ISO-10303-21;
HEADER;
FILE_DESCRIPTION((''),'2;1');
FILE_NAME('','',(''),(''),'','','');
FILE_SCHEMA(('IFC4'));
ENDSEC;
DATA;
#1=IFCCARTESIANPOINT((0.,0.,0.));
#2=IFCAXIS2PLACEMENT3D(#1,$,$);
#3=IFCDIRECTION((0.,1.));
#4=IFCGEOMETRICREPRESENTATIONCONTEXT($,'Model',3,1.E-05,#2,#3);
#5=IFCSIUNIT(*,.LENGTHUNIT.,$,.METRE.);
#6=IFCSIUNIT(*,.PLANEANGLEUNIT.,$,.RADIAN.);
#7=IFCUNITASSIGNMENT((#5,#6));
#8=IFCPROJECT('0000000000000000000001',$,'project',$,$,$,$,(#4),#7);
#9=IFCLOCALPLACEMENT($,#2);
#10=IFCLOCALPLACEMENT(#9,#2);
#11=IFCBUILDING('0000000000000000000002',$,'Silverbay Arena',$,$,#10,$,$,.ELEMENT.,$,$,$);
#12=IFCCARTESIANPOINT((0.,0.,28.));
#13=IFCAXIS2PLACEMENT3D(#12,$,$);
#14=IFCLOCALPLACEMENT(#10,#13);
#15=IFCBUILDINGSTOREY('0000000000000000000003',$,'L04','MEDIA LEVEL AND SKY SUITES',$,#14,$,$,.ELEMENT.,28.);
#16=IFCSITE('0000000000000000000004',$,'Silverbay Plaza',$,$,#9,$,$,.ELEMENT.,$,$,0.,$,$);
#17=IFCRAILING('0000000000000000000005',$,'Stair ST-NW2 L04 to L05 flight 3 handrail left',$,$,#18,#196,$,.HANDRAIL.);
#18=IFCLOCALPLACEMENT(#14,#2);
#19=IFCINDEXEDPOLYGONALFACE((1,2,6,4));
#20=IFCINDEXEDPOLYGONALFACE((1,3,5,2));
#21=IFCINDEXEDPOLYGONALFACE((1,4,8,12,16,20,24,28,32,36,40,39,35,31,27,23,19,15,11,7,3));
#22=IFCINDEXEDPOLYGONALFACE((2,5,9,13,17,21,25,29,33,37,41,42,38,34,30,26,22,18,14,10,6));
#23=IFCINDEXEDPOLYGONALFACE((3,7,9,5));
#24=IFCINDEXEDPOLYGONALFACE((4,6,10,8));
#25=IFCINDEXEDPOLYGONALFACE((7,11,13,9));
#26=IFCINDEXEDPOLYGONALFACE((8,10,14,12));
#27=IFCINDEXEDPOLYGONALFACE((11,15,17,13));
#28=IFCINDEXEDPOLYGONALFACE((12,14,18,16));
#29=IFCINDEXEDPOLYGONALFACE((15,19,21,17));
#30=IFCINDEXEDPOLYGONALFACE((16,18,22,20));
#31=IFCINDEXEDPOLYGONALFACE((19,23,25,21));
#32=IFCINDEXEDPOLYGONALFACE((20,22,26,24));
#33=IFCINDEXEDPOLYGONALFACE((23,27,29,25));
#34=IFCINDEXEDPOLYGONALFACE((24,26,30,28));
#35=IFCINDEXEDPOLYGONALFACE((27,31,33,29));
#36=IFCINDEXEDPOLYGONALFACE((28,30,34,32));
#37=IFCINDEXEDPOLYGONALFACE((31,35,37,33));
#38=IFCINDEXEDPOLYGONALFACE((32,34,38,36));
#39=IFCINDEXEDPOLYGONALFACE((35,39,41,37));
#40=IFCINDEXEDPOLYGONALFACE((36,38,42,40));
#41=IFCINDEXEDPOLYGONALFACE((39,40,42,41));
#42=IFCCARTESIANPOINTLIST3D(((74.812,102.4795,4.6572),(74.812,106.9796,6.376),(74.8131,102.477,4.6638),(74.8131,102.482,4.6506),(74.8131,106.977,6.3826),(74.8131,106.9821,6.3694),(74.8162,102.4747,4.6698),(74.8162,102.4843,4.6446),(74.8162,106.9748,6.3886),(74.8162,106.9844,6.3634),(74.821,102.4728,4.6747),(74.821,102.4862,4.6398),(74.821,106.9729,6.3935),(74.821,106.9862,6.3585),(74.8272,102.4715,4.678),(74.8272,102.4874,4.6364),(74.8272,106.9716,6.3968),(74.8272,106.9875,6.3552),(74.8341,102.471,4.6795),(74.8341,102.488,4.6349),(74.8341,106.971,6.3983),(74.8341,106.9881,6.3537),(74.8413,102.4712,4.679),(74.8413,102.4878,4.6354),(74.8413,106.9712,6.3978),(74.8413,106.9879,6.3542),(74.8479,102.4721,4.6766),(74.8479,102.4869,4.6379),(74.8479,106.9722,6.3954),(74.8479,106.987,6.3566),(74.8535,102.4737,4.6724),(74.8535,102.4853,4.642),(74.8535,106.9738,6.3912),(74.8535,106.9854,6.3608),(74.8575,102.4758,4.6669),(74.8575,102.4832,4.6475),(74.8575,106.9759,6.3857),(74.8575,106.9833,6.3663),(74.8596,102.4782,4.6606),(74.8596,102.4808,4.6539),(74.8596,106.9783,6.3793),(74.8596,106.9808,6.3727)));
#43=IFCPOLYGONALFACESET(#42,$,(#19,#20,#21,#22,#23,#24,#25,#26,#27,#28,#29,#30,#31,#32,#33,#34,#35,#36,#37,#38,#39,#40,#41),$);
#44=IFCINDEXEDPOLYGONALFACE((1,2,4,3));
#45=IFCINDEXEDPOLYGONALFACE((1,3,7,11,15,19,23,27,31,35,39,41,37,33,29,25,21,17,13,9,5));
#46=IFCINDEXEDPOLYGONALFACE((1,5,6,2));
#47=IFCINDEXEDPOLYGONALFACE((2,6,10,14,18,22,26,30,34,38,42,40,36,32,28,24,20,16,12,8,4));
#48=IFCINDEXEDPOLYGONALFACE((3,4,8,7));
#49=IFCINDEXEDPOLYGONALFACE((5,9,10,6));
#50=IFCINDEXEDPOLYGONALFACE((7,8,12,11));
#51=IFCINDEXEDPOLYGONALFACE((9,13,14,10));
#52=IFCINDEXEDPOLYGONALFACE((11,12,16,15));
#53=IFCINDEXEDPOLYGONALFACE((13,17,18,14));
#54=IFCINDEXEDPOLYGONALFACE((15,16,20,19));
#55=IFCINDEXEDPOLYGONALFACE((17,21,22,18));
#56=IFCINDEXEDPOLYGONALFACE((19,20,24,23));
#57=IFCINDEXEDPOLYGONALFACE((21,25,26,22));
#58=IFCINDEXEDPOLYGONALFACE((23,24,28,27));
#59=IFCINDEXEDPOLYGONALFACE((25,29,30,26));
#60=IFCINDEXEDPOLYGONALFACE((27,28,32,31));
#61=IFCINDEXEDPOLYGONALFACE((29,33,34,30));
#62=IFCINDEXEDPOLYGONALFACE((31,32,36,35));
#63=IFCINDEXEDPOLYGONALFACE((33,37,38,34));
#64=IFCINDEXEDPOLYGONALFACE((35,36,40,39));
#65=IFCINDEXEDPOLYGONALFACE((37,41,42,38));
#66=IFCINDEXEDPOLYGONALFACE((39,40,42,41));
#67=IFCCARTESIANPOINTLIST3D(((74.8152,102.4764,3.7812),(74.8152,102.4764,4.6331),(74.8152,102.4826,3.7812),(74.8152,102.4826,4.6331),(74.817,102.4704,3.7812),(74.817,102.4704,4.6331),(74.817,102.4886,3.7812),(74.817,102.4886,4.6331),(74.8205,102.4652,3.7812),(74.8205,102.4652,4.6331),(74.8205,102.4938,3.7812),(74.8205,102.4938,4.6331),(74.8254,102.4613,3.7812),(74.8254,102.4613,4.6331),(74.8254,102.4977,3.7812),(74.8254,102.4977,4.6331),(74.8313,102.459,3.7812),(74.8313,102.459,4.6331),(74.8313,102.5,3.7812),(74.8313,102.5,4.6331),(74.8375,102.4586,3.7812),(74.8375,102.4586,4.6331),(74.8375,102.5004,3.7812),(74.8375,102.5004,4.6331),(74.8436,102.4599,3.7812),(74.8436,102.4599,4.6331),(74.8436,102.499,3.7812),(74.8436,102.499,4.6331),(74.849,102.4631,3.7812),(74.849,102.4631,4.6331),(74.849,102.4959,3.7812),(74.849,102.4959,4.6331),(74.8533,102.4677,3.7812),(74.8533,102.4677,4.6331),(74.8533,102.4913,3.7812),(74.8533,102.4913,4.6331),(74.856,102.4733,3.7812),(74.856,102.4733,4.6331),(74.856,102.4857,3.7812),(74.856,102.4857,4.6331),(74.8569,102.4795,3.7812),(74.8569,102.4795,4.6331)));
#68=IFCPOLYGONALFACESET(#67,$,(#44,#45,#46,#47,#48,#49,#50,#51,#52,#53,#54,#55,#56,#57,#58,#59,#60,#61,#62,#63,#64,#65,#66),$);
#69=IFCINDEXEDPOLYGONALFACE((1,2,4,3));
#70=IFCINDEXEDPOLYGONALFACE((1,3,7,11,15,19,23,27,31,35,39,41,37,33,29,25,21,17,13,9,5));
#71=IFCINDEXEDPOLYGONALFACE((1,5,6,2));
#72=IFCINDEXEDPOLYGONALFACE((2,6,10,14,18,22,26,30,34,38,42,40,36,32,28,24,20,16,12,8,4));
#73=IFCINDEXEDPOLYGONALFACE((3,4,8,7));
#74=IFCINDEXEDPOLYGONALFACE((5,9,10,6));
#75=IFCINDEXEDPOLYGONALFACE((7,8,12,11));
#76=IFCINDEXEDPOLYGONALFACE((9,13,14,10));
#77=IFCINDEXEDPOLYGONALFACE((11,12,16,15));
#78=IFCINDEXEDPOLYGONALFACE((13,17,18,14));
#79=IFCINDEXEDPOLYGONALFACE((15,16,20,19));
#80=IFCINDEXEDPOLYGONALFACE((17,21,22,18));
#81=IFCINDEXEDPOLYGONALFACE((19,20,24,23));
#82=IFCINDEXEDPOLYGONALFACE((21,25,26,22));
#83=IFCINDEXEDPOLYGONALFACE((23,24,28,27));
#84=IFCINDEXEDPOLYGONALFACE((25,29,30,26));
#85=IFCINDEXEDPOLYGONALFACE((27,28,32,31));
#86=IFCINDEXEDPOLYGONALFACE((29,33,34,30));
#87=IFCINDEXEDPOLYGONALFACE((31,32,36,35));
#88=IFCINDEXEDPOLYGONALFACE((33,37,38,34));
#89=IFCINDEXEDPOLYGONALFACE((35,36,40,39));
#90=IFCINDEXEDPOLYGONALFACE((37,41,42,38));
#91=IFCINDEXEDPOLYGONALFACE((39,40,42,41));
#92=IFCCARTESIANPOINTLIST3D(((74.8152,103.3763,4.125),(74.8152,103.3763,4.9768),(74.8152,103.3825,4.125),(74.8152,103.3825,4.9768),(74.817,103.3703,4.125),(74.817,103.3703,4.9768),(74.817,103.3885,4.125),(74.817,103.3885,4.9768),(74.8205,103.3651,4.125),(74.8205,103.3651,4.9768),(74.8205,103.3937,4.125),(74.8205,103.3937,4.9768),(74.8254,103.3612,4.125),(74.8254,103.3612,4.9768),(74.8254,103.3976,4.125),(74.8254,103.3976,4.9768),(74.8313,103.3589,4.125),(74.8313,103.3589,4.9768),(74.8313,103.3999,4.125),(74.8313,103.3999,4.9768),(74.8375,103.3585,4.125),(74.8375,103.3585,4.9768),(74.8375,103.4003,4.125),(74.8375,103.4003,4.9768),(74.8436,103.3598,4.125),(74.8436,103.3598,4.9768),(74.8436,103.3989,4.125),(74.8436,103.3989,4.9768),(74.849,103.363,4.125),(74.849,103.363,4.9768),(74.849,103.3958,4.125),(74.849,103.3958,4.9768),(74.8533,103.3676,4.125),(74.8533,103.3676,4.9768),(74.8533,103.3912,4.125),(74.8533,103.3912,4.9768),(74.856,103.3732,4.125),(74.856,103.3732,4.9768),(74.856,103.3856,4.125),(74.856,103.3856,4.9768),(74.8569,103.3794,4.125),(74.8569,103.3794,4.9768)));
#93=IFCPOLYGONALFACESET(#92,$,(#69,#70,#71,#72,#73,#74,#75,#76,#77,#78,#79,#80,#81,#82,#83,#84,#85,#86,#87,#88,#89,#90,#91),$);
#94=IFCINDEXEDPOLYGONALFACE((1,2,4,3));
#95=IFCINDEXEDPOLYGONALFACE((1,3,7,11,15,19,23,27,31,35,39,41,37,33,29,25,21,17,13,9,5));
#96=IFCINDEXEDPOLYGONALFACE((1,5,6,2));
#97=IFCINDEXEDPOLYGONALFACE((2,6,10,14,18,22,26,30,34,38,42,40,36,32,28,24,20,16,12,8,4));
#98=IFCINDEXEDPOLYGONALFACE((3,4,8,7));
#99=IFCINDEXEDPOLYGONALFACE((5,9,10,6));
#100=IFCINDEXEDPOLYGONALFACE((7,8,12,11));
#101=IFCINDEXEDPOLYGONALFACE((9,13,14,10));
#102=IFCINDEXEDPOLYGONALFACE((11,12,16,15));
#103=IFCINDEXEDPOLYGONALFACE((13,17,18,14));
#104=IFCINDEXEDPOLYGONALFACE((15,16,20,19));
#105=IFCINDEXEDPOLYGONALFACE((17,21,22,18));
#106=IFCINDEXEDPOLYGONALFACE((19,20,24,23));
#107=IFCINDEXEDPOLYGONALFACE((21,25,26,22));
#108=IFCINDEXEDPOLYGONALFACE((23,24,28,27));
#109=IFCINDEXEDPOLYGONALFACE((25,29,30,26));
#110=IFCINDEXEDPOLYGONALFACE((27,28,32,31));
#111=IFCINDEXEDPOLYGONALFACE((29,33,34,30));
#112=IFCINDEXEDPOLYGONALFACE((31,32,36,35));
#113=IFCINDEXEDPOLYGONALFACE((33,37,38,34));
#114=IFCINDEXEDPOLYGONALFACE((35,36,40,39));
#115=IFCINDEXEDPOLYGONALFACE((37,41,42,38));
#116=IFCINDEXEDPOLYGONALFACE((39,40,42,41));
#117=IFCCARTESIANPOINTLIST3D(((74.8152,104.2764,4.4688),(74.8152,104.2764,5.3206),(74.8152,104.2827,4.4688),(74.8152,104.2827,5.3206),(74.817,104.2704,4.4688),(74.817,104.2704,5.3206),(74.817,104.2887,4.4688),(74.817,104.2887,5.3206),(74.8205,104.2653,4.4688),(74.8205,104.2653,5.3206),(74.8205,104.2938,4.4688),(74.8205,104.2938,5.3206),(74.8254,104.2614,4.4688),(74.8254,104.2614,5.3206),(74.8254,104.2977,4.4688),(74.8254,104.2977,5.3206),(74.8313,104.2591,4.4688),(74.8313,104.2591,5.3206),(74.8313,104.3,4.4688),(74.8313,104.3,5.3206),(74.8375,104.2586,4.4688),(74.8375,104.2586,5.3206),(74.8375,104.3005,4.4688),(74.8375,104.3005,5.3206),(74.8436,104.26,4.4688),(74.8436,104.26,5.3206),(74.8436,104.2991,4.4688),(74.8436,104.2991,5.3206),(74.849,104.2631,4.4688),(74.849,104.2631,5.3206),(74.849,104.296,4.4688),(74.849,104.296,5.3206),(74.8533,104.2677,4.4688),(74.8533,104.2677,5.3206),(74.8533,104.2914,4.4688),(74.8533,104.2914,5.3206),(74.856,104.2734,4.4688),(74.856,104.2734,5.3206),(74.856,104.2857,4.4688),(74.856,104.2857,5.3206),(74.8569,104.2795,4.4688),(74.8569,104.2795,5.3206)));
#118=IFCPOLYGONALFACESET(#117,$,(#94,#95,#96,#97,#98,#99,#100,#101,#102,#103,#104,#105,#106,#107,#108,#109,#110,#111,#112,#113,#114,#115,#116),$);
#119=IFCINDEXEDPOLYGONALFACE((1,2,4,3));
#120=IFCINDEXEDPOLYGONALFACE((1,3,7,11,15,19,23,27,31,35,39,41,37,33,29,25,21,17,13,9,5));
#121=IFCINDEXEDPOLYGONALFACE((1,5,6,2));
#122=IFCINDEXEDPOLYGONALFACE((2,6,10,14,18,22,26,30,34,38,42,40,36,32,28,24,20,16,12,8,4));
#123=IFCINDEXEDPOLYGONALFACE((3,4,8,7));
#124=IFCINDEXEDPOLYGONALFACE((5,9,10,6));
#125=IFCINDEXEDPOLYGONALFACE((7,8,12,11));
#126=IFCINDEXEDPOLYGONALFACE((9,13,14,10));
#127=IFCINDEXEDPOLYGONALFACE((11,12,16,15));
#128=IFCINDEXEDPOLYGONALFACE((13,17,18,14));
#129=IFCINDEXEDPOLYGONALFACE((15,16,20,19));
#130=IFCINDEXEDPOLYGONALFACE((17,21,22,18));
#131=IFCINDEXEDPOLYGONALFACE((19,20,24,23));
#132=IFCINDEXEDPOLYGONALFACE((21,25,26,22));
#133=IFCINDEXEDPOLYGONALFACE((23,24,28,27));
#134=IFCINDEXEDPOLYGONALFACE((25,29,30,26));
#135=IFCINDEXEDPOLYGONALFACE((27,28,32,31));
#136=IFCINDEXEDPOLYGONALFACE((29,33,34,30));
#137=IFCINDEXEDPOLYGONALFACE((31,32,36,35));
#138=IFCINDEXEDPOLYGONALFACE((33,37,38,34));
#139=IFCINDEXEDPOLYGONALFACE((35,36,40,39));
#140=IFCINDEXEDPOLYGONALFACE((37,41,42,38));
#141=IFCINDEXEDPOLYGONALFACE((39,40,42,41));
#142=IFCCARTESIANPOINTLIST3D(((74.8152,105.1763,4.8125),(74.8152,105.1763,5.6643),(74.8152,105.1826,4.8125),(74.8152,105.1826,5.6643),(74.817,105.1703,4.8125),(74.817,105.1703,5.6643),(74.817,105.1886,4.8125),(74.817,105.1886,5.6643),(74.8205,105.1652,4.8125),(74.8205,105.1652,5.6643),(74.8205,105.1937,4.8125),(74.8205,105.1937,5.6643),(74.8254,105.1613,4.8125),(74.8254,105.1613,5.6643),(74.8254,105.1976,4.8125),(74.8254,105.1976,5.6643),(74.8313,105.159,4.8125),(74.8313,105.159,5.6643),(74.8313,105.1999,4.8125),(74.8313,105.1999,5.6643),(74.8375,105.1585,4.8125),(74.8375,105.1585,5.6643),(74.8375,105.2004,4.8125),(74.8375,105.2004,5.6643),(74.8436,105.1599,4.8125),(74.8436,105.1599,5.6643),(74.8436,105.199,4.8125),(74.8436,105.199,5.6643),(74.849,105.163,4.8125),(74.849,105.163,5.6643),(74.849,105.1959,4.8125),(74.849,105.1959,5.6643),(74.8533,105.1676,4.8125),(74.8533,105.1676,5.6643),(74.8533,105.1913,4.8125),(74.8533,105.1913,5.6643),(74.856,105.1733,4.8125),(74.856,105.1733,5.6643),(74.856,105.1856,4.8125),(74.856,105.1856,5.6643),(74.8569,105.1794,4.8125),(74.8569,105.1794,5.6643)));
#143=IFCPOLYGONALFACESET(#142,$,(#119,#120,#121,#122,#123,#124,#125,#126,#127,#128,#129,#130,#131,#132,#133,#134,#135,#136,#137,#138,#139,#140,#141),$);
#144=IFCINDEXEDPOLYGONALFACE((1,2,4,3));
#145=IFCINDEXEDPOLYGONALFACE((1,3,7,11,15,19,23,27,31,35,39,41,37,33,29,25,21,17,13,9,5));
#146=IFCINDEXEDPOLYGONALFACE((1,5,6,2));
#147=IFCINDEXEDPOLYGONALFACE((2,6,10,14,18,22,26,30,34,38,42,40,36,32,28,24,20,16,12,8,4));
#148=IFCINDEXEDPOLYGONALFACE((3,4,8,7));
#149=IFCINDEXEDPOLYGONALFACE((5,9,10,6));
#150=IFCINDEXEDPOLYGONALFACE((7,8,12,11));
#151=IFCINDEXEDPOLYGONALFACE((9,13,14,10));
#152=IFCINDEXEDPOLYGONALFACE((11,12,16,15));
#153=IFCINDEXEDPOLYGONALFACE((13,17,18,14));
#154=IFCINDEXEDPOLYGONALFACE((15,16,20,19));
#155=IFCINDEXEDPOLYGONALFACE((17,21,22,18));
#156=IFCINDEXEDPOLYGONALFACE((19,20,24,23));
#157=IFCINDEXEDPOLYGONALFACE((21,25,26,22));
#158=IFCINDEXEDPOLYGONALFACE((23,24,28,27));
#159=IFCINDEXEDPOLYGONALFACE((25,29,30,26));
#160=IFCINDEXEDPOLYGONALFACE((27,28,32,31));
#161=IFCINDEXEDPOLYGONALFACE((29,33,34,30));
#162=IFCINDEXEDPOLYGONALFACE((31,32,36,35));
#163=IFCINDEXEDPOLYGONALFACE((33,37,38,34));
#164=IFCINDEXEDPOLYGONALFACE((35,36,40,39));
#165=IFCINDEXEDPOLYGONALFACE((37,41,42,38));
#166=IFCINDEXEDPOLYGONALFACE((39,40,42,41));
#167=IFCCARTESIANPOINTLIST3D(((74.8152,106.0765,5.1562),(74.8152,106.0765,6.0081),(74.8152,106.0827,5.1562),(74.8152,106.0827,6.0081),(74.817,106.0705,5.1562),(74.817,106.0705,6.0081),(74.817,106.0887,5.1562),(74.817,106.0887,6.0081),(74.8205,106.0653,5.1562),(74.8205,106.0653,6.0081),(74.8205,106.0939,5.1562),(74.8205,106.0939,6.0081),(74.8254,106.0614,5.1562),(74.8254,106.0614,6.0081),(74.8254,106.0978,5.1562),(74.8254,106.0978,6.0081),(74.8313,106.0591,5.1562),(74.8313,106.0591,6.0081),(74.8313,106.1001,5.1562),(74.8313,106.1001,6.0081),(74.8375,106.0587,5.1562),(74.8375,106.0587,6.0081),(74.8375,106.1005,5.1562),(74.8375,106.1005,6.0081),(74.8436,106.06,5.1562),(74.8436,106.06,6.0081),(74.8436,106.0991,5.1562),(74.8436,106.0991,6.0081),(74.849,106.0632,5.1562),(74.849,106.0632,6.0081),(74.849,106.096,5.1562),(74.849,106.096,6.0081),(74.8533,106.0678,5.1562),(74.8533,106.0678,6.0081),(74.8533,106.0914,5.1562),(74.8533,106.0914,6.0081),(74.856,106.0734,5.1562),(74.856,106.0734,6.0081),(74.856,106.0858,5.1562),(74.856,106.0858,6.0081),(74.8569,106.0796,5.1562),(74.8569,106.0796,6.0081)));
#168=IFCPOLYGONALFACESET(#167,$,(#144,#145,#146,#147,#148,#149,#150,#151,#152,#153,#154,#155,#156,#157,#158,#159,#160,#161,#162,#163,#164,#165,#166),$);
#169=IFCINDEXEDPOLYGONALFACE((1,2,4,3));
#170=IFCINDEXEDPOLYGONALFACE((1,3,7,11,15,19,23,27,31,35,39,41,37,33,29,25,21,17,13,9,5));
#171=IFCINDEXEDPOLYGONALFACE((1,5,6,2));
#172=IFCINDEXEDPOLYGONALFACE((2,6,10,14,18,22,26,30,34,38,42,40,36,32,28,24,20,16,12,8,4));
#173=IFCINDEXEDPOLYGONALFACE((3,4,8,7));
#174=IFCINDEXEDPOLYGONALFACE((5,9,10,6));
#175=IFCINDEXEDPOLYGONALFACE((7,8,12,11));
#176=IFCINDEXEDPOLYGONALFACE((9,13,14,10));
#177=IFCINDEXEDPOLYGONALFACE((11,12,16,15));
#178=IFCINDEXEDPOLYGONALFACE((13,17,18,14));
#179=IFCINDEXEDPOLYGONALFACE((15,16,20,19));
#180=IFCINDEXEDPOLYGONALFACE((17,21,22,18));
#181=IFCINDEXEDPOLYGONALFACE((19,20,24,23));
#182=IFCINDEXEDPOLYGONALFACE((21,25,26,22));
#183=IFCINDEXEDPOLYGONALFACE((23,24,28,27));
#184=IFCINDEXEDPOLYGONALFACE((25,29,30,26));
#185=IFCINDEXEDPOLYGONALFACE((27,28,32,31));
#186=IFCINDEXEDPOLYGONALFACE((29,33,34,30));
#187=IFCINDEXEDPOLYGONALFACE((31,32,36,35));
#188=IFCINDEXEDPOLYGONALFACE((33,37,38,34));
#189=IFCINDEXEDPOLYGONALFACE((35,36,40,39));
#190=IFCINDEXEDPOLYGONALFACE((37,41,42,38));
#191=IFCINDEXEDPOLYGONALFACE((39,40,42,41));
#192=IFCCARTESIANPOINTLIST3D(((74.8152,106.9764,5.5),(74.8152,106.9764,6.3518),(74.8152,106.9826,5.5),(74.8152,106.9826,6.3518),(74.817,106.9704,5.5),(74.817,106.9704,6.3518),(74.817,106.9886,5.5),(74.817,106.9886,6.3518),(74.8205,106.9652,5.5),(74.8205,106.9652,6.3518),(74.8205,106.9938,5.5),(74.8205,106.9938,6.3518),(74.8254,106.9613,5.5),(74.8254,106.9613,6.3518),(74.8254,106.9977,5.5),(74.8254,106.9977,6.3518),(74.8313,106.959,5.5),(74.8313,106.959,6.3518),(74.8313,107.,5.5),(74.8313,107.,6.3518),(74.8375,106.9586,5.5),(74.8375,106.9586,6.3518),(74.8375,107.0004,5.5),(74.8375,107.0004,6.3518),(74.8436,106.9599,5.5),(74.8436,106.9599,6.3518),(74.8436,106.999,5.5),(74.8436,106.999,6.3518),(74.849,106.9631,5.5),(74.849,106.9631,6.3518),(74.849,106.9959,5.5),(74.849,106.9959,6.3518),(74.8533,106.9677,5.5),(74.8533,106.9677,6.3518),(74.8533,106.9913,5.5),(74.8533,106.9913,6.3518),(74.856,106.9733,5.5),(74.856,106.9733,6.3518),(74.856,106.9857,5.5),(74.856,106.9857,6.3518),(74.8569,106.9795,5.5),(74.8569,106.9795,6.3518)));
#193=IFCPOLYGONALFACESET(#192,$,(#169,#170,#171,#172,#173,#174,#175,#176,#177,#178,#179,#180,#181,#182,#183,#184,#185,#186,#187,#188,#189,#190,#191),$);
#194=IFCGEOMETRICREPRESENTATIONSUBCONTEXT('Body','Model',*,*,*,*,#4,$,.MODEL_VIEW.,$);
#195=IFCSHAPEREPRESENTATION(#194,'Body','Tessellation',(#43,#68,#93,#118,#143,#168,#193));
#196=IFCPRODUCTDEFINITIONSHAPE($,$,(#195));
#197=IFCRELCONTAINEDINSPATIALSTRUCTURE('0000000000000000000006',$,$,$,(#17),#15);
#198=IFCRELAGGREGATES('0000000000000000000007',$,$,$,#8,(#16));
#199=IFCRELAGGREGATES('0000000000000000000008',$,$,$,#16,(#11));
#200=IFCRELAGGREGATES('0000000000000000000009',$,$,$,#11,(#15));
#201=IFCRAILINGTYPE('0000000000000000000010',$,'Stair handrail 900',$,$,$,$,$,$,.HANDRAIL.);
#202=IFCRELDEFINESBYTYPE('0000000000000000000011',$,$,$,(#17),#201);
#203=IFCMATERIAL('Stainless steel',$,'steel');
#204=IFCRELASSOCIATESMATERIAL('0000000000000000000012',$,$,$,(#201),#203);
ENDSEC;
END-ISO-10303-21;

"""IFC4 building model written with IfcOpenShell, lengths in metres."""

from ifc_helpers import new_model, si_unit, direction, frame, origin, origin_2d, place, context, subcontext, project, spatial, circle, extrude, material, type_object, element, save


model = new_model("IFC4")

# Units and contexts
model_context = context("Model", 3, precision=1e-05, world=origin(), true_north=direction((0.0, 1.0)))
body_context = subcontext(model_context, "Body", "Model", "MODEL_VIEW")
ifc_project = project(units=[si_unit("LENGTHUNIT", "METRE"), si_unit("PLANEANGLEUNIT", "RADIAN")], contexts=[model_context])

# Site, building, storey
site_placement = place(None, origin())
site = spatial("IfcSite", under=ifc_project, at=site_placement, Name="Silverbay Plaza", CompositionType="ELEMENT", RefElevation=0.0)
building_placement = place(site_placement, origin())
building = spatial("IfcBuilding", under=site, at=building_placement, Name="Silverbay Arena", CompositionType="ELEMENT")
storey_placement = place(building_placement, frame((0.0, 0.0, 28.0)))
storey = spatial("IfcBuildingStorey", under=building, at=storey_placement, Name="L04", Description="MEDIA LEVEL AND SKY SUITES", CompositionType="ELEMENT", Elevation=28.0)

# Railing
ifc_material_1 = material(Name="Stainless steel", Category="steel")
railing_type_1 = type_object("IfcRailingType", Name="Stair handrail 900", PredefinedType="HANDRAIL", material=ifc_material_1)
for number, where, name in (
    (1, (74.8359, 102.4795, 3.7812), "Stair ST-NW2 L04 to L05 flight 3 handrail left"),
):
    element("IfcRailing", number, at=place(storey_placement, frame(where)), inside=storey, type_object=railing_type_1, Name=name, PredefinedType="HANDRAIL", context=body_context, shape_type="SweptSolid", body=[
        extrude(circle(Radius=0.0239, at=origin_2d()), frame((0.0, 0.0, 0.876), z_axis=(0.0, 0.934179, 0.356805), x_axis=(-1.0, 0.0, 0.0)), (0.0, 0.0, 1.0), 4.8171),
        extrude(circle(Radius=0.021, at=origin_2d()), origin(), (0.0, 0.0, 1.0), 0.8518),
        extrude(circle(Radius=0.021, at=origin_2d()), frame((0.0, 0.8999, 0.3438)), (0.0, 0.0, 1.0), 0.8518),
        extrude(circle(Radius=0.021, at=origin_2d()), frame((0.0, 1.8, 0.6875)), (0.0, 0.0, 1.0), 0.8518),
        extrude(circle(Radius=0.021, at=origin_2d()), frame((0.0, 2.7, 1.0312)), (0.0, 0.0, 1.0), 0.8518),
        extrude(circle(Radius=0.021, at=origin_2d()), frame((0.0, 3.6001, 1.375)), (0.0, 0.0, 1.0), 0.8518),
        extrude(circle(Radius=0.021, at=origin_2d()), frame((0.0, 4.5, 1.7188)), (0.0, 0.0, 1.0), 0.8518),
    ])

save(model, "model.ifc")
